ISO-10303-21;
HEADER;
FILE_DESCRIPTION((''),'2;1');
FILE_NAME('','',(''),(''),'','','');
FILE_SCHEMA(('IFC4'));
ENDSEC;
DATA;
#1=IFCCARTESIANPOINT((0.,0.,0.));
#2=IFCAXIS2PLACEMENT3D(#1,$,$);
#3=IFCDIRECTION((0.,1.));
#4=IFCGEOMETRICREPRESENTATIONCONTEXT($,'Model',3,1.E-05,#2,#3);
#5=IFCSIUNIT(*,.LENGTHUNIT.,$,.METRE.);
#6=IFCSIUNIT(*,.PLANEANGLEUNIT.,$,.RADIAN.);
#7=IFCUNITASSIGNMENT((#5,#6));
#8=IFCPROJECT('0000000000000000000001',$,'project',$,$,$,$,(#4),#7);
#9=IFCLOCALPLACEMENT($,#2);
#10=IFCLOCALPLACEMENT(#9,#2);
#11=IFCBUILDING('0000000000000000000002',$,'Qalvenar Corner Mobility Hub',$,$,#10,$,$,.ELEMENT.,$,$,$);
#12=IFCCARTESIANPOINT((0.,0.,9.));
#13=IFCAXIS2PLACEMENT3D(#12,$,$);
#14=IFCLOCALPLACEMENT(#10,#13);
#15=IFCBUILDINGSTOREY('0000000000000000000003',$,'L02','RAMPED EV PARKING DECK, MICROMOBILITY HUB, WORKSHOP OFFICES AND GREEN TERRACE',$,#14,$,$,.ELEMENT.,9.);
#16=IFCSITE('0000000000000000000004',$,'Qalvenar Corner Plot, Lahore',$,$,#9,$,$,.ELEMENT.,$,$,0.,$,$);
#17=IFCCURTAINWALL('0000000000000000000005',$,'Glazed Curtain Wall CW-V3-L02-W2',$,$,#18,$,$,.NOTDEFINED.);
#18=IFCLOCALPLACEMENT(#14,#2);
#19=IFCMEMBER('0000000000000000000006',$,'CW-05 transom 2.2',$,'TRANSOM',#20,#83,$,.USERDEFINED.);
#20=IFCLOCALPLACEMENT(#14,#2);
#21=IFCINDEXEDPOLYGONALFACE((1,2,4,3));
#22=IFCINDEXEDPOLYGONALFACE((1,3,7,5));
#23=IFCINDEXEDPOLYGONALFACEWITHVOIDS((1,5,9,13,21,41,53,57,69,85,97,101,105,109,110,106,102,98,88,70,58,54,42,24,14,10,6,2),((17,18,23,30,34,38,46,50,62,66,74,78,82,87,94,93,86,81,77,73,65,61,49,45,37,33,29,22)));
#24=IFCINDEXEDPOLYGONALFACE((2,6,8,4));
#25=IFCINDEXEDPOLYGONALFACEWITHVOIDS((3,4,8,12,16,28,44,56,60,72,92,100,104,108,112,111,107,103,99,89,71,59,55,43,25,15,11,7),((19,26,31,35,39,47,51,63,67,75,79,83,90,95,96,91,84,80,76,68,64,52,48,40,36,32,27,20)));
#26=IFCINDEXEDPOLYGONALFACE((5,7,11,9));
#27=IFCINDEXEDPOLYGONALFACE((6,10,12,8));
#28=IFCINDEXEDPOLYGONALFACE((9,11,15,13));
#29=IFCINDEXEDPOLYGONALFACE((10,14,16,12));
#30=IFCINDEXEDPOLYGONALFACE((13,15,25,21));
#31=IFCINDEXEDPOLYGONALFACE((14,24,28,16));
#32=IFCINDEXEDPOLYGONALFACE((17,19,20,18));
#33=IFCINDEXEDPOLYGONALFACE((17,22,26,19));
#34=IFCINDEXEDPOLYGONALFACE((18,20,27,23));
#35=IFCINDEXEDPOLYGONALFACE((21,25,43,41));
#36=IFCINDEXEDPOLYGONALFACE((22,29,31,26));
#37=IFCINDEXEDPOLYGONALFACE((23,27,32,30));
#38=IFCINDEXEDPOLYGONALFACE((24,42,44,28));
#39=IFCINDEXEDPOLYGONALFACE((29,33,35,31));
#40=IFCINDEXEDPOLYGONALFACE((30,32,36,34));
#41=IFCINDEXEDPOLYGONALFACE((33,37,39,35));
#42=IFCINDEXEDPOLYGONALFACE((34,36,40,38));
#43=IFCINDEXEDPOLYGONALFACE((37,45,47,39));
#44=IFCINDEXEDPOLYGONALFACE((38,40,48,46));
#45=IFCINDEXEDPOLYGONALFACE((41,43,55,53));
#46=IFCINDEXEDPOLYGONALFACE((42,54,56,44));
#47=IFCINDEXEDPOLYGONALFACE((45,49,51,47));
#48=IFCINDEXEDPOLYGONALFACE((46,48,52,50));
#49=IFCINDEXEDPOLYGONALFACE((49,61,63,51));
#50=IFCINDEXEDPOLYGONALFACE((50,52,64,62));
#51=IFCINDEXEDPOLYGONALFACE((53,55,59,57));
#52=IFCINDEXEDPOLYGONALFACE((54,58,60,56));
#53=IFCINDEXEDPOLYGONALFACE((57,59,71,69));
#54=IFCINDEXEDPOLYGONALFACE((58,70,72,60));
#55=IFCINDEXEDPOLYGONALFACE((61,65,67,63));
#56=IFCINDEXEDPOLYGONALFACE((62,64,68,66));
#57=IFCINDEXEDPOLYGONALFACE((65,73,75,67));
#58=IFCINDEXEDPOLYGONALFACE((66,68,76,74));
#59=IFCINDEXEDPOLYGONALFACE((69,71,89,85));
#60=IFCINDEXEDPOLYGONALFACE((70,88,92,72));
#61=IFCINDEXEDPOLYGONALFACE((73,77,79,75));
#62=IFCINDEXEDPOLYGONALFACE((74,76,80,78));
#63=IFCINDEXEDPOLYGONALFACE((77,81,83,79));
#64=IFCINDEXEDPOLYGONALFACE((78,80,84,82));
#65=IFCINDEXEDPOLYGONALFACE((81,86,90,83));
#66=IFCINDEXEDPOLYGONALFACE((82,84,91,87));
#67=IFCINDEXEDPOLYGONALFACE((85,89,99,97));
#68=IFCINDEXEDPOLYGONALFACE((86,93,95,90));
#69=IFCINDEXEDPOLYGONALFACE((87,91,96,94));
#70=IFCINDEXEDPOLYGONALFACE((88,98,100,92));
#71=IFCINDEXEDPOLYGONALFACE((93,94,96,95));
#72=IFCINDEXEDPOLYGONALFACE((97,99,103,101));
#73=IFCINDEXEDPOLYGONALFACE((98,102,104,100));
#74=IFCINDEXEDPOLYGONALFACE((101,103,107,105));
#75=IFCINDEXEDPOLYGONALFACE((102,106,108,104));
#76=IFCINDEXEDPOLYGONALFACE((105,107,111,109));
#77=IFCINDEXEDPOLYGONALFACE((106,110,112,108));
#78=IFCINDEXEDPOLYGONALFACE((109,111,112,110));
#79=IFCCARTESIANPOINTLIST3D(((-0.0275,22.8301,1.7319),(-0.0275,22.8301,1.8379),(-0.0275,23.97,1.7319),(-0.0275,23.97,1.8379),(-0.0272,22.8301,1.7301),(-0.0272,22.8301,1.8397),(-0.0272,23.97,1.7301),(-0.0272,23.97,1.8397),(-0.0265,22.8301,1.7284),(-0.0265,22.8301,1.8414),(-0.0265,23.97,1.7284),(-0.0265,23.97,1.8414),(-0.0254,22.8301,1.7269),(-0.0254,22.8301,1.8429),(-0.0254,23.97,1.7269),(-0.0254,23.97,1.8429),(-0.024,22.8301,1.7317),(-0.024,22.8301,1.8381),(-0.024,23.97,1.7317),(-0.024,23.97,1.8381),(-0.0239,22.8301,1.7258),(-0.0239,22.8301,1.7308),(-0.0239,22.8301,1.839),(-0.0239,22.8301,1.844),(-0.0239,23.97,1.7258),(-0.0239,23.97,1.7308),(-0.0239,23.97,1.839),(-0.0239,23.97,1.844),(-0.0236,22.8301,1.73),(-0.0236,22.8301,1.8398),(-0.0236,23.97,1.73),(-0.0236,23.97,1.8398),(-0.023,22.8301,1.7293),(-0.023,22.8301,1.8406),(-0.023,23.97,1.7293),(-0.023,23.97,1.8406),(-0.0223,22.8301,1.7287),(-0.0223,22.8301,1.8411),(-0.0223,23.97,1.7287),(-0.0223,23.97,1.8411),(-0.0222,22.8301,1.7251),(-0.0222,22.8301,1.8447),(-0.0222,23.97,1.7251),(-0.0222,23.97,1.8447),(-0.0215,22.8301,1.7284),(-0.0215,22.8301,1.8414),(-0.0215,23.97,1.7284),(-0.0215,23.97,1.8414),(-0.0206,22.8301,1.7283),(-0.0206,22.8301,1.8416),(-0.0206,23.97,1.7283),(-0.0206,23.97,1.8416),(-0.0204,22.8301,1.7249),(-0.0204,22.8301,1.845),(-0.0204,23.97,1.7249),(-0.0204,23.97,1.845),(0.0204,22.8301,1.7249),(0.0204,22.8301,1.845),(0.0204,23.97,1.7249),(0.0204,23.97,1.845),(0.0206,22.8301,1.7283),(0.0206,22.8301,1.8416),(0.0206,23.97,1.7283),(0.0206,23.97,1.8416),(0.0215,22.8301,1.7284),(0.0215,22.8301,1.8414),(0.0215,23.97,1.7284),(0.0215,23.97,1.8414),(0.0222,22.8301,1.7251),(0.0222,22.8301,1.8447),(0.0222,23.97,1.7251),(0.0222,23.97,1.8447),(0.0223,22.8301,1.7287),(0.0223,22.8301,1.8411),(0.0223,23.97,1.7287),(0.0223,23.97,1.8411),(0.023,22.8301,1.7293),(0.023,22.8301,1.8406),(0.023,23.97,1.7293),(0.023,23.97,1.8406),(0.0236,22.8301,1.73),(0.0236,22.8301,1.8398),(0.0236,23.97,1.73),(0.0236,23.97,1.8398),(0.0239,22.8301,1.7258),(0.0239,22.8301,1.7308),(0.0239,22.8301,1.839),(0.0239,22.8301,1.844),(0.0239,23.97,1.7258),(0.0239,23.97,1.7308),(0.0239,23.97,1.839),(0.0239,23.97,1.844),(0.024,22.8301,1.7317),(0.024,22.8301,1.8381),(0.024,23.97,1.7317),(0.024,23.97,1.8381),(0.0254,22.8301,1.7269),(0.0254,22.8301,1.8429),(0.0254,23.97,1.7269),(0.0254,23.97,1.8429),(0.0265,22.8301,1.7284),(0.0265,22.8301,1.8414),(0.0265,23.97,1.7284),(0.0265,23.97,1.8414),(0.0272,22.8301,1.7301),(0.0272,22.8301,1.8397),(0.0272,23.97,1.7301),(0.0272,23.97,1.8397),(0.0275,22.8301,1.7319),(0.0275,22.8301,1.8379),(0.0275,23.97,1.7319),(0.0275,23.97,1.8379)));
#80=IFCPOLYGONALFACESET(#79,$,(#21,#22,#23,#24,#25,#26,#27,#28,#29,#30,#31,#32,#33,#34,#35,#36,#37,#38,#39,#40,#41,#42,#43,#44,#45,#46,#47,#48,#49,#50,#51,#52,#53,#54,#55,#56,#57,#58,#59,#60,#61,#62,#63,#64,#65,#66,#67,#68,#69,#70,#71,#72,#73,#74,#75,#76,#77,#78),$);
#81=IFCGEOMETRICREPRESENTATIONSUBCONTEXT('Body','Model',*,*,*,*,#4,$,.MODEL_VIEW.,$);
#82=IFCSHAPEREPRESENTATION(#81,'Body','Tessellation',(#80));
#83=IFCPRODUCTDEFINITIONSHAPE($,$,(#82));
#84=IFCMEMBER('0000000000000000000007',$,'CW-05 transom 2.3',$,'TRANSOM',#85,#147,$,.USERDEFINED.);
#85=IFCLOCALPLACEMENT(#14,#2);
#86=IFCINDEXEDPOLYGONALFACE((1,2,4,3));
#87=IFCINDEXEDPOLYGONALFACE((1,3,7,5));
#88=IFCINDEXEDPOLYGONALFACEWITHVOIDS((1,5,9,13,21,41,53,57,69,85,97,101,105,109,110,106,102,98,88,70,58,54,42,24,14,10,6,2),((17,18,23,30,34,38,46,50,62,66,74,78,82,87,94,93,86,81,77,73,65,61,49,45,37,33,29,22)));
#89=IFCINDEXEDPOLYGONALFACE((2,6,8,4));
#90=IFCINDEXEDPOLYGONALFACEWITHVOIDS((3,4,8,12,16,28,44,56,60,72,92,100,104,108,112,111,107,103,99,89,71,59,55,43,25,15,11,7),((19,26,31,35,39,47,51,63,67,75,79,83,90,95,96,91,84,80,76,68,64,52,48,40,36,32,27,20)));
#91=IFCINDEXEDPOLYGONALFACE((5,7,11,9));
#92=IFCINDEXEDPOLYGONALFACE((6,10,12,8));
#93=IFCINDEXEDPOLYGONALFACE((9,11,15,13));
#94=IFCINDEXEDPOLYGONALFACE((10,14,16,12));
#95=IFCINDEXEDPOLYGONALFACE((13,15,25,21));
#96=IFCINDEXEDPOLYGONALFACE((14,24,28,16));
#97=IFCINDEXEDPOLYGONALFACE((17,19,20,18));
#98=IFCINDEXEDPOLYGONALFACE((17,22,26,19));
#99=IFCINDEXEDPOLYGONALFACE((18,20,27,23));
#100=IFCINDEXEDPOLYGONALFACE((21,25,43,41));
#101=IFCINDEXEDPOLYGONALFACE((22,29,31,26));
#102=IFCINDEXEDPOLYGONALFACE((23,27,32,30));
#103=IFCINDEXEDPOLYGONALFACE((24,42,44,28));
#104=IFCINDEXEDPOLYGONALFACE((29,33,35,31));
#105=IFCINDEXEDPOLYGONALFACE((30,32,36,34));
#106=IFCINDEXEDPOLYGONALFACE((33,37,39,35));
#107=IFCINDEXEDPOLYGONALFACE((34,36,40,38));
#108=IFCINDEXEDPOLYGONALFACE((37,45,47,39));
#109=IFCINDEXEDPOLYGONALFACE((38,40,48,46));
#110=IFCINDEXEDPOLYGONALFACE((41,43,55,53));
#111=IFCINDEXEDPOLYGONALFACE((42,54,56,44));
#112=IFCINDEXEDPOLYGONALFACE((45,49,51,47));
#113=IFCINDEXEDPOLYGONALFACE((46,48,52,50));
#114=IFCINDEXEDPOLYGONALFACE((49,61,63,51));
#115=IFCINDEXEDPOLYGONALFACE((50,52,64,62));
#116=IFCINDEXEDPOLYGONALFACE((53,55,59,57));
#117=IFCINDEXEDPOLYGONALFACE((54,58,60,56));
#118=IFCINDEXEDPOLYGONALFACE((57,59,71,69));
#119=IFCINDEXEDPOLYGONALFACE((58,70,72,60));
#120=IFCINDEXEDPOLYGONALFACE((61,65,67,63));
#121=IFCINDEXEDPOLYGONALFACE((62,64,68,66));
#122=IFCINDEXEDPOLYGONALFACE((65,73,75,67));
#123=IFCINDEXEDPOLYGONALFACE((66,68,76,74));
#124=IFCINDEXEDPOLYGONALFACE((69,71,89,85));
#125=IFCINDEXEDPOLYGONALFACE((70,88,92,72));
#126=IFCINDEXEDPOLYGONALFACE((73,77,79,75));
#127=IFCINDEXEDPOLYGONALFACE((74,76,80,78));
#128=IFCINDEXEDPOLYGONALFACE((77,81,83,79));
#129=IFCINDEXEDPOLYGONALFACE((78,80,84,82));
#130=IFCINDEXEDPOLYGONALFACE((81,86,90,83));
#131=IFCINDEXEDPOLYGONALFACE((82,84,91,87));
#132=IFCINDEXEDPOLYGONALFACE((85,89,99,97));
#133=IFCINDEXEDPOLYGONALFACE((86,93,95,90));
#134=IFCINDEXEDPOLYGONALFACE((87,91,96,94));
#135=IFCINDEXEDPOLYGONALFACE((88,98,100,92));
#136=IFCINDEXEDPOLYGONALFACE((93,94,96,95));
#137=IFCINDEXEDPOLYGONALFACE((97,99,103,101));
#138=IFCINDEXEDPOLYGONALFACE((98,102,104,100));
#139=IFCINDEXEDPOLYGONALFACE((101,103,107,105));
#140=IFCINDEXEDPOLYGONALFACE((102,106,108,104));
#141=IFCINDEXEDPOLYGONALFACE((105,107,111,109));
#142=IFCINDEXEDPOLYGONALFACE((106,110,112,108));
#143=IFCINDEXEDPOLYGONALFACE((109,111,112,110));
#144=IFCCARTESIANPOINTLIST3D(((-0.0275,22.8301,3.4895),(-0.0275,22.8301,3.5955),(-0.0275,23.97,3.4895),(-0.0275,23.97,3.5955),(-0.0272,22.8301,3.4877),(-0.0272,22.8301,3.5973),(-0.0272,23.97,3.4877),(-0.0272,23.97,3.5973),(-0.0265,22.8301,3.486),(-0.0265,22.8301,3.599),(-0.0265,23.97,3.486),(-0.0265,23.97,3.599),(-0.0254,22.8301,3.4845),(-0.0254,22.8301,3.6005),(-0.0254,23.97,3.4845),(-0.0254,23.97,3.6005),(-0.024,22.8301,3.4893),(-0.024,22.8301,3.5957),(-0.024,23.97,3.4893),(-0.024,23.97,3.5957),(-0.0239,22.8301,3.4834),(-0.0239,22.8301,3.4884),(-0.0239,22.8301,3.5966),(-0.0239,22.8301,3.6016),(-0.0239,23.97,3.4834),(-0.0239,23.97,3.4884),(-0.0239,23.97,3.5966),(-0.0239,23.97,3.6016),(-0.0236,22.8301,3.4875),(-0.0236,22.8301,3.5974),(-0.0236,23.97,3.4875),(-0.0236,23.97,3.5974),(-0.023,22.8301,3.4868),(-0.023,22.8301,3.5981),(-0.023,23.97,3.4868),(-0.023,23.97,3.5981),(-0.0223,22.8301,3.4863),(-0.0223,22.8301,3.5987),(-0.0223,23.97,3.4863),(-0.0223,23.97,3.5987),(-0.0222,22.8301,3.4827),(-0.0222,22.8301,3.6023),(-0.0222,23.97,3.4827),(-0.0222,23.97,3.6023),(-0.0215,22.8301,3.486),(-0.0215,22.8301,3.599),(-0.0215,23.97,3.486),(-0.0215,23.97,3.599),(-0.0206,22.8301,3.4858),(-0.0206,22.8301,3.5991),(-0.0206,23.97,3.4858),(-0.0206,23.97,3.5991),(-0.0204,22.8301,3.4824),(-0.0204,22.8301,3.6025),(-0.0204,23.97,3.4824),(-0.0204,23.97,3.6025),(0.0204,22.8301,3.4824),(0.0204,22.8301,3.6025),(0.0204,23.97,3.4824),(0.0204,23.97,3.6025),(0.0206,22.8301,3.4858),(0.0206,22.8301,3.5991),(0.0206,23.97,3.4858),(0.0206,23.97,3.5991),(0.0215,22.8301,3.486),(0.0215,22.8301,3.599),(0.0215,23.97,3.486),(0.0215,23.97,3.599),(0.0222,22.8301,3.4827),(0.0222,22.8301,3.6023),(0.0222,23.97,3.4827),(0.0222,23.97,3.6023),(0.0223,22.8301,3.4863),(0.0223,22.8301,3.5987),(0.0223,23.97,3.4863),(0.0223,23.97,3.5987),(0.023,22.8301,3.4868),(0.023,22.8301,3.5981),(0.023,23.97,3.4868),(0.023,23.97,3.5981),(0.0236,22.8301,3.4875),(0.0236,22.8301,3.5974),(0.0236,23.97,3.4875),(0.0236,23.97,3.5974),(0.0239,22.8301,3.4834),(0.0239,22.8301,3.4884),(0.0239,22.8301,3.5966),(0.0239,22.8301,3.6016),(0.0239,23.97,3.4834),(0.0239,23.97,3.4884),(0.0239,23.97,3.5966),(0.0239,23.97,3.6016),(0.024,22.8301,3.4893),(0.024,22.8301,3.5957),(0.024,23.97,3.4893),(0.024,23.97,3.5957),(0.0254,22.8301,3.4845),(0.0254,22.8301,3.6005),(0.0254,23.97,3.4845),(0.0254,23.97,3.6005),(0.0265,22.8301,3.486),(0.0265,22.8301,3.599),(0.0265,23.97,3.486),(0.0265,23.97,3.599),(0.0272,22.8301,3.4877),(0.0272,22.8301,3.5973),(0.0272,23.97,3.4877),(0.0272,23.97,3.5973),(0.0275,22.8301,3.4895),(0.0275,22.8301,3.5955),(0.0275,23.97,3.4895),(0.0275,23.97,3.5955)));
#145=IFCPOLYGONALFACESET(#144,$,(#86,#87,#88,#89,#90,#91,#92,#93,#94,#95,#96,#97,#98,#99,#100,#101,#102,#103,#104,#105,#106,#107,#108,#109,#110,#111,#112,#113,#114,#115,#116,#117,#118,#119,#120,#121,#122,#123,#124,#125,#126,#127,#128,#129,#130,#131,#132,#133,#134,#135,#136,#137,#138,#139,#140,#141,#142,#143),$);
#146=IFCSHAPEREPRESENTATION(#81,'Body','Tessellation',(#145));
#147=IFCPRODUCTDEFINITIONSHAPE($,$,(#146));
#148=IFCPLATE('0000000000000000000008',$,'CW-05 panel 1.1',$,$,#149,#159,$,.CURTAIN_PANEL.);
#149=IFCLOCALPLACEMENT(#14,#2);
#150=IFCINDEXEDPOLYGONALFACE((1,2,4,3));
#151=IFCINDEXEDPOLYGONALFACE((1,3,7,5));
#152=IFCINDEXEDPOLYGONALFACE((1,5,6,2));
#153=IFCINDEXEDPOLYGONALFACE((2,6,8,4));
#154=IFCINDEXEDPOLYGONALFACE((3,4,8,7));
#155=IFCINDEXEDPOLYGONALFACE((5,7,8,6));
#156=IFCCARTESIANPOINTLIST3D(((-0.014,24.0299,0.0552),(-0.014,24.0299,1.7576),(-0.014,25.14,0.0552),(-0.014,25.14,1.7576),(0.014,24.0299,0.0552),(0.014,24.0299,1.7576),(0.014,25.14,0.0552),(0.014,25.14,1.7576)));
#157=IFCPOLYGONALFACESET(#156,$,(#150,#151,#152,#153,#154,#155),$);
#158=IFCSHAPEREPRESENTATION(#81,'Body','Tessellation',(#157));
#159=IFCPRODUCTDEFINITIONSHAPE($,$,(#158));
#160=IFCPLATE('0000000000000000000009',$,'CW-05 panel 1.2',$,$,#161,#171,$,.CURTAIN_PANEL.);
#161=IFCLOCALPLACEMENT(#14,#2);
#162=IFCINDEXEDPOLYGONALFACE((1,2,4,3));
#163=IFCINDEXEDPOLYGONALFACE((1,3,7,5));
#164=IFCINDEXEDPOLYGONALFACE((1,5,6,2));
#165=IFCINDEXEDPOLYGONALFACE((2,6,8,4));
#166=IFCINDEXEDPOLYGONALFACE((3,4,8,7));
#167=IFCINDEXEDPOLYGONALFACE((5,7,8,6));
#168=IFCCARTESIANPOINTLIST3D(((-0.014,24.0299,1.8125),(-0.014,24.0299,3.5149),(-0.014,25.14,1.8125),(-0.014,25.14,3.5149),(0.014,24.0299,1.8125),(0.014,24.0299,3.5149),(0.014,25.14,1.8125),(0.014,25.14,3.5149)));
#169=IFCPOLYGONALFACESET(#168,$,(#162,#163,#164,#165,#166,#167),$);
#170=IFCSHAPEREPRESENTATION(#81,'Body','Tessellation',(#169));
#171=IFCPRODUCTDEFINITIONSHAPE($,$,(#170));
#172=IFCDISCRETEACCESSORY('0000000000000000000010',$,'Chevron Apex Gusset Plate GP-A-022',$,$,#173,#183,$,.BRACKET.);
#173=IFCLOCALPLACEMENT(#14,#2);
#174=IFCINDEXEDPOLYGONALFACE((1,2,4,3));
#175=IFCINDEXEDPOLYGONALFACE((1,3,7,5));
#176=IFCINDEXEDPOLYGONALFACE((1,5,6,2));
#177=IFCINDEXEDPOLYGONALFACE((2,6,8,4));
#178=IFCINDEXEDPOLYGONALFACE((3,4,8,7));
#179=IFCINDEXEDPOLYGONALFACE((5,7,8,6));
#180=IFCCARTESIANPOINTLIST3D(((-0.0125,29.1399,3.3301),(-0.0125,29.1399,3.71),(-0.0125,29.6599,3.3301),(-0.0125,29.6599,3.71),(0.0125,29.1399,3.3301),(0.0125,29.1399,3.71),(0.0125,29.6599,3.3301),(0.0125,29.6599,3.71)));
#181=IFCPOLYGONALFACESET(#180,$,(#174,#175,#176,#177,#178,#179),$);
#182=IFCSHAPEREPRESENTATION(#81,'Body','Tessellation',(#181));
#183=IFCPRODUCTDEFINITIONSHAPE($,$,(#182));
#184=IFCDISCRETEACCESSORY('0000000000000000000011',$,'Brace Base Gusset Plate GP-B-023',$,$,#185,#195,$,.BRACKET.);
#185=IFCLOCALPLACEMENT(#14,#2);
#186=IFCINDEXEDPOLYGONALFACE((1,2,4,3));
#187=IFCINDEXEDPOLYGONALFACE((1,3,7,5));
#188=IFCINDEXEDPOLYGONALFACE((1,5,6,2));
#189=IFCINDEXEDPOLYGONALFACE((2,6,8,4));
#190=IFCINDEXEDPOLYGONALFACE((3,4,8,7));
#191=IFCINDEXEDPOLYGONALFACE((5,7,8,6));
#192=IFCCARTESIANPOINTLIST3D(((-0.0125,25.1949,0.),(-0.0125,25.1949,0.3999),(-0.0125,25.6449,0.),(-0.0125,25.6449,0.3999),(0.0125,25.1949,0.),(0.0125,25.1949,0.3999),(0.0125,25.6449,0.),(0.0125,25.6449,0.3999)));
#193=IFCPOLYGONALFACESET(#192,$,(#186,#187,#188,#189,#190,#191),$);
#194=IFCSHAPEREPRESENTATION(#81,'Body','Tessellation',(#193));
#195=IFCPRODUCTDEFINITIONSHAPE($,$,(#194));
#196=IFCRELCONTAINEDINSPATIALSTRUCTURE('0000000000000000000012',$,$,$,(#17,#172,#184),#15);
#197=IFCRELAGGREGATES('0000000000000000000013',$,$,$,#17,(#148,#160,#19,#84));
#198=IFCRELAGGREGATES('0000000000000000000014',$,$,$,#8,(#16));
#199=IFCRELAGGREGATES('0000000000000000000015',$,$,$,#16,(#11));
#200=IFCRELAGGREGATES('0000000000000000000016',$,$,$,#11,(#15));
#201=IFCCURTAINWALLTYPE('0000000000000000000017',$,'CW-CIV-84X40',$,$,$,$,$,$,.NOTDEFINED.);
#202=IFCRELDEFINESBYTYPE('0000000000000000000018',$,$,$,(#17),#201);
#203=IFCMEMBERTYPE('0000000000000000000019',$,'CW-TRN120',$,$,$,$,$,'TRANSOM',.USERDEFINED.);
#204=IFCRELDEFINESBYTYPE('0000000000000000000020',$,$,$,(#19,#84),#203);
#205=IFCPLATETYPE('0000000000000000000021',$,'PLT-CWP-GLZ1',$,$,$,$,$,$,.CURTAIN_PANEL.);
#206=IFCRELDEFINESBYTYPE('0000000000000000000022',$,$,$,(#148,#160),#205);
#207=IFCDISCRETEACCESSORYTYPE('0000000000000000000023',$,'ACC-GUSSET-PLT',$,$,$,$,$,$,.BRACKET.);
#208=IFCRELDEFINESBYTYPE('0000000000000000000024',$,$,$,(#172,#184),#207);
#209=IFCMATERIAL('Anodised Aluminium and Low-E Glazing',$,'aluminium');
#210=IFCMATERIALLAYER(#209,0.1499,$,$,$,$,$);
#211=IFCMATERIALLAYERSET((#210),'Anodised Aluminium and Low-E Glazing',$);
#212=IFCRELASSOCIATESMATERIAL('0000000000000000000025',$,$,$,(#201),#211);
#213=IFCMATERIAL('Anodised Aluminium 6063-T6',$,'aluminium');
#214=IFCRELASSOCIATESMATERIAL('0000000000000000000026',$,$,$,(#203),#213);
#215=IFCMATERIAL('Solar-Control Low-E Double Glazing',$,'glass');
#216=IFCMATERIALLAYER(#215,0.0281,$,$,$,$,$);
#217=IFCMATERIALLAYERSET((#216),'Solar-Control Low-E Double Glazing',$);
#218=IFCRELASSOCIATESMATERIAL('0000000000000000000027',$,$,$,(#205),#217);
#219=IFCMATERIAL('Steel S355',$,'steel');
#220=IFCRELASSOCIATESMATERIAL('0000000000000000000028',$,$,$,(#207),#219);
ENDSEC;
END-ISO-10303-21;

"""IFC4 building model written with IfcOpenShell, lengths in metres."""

from ifc_helpers import new_model, si_unit, direction, frame, origin, origin_2d, place, context, subcontext, project, spatial, rectangle, hollow_rectangle, extrude, material, layer, layer_set, material_profile, profile_set, type_object, element, aggregate, save


model = new_model("IFC4")

# Units and contexts
model_context = context("Model", 3, precision=1e-05, world=origin(), true_north=direction((0.0, 1.0)))
body_context = subcontext(model_context, "Body", "Model", "MODEL_VIEW")
ifc_project = project(units=[si_unit("LENGTHUNIT", "METRE"), si_unit("PLANEANGLEUNIT", "RADIAN")], contexts=[model_context])

# Site, building, storey
site_placement = place(None, origin())
site = spatial("IfcSite", under=ifc_project, at=site_placement, Name="Qalvenar Corner Plot, Lahore", CompositionType="ELEMENT", RefElevation=0.0)
building_placement = place(site_placement, origin())
building = spatial("IfcBuilding", under=site, at=building_placement, Name="Qalvenar Corner Mobility Hub", CompositionType="ELEMENT")
storey_placement = place(building_placement, frame((0.0, 0.0, 9.0)))
storey = spatial("IfcBuildingStorey", under=building, at=storey_placement, Name="L02", Description="RAMPED EV PARKING DECK, MICROMOBILITY HUB, WORKSHOP OFFICES AND GREEN TERRACE", CompositionType="ELEMENT", Elevation=9.0)

# Shared definitions
ifc_material_1 = material(Name="Steel S355", Category="steel")

# Curtain wall, members, plates
ifc_material_2 = material(Name="Anodised Aluminium and Low-E Glazing", Category="aluminium")
ifc_layer_1 = layer(ifc_material_2, 0.1499)
ifc_layer_set_1 = layer_set([ifc_layer_1], Name="Anodised Aluminium and Low-E Glazing")
curtain_wall_type = type_object("IfcCurtainWallType", Name="CW-CIV-84X40", PredefinedType="NOTDEFINED", material=ifc_layer_set_1)
curtain_wall_placement = place(storey_placement, origin())
curtain_wall = element("IfcCurtainWall", 1, at=curtain_wall_placement, inside=storey, type_object=curtain_wall_type, Name="Glazed Curtain Wall CW-V3-L02-W2", PredefinedType="NOTDEFINED")
ifc_material_3 = material(Name="Anodised Aluminium 6063-T6", Category="aluminium")
ifc_material_profile_1 = material_profile(ifc_material_3, hollow_rectangle(XDim=0.0549, YDim=0.1201, WallThickness=0.0034, InnerFilletRadius=0.0034, OuterFilletRadius=0.0071, at=origin_2d()), Name="RHS120x55x3.5")
ifc_profile_set_1 = profile_set([ifc_material_profile_1], Name="Anodised Aluminium 6063-T6")
member_type_1 = type_object("IfcMemberType", Name="CW-TRN120", ElementType="TRANSOM", PredefinedType="USERDEFINED", material=ifc_profile_set_1)
member_1_placement = place(storey_placement, frame((0.0, 23.97, 1.7849), z_axis=(0.0, -1.0, 0.0), x_axis=(1.0, 0.0, 0.0)))
member_1 = element("IfcMember", 2, at=member_1_placement, type_object=member_type_1, Name="CW-05 transom 2.2", ObjectType="TRANSOM", PredefinedType="USERDEFINED", context=body_context, shape_type="SweptSolid", body=[
    extrude(hollow_rectangle(XDim=0.0549, YDim=0.1201, WallThickness=0.0034, InnerFilletRadius=0.0034, OuterFilletRadius=0.0071, at=origin_2d()), origin(), (0.0, 0.0, 1.0), 1.1399),
])
member_2_placement = place(storey_placement, frame((0.0, 23.97, 3.5425), z_axis=(0.0, -1.0, 0.0), x_axis=(1.0, 0.0, 0.0)))
member_2 = element("IfcMember", 3, at=member_2_placement, type_object=member_type_1, Name="CW-05 transom 2.3", ObjectType="TRANSOM", PredefinedType="USERDEFINED", context=body_context, shape_type="SweptSolid", body=[
    extrude(hollow_rectangle(XDim=0.0549, YDim=0.1201, WallThickness=0.0034, InnerFilletRadius=0.0034, OuterFilletRadius=0.0071, at=origin_2d()), origin(), (0.0, 0.0, 1.0), 1.1399),
])
ifc_material_4 = material(Name="Solar-Control Low-E Double Glazing", Category="glass")
ifc_layer_2 = layer(ifc_material_4, 0.0281)
ifc_layer_set_2 = layer_set([ifc_layer_2], Name="Solar-Control Low-E Double Glazing")
plate_type = type_object("IfcPlateType", Name="PLT-CWP-GLZ1", PredefinedType="CURTAIN_PANEL", material=ifc_layer_set_2)
plate_1_placement = place(storey_placement, frame((0.0, 24.585, 0.0552), z_axis=(0.0, 0.0, 1.0), x_axis=(0.0, -1.0, 0.0)))
plate_1 = element("IfcPlate", 4, at=plate_1_placement, type_object=plate_type, Name="CW-05 panel 1.1", PredefinedType="CURTAIN_PANEL", context=body_context, shape_type="SweptSolid", body=[
    extrude(rectangle(XDim=1.1101, YDim=0.0281, at=origin_2d()), origin(), (0.0, 0.0, 1.0), 1.7024),
])
plate_2_placement = place(storey_placement, frame((0.0, 24.585, 1.8125), z_axis=(0.0, 0.0, 1.0), x_axis=(0.0, -1.0, 0.0)))
plate_2 = element("IfcPlate", 5, at=plate_2_placement, type_object=plate_type, Name="CW-05 panel 1.2", PredefinedType="CURTAIN_PANEL", context=body_context, shape_type="SweptSolid", body=[
    extrude(rectangle(XDim=1.1101, YDim=0.0281, at=origin_2d()), origin(), (0.0, 0.0, 1.0), 1.7024),
])
aggregate(curtain_wall, [plate_1, plate_2, member_1, member_2])

# Discrete accessories
discrete_accessory_type = type_object("IfcDiscreteAccessoryType", Name="ACC-GUSSET-PLT", PredefinedType="BRACKET", material=ifc_material_1)
discrete_accessory_placement = place(storey_placement, frame((0.0, 29.3999, 3.3301), z_axis=(0.0, 0.0, 1.0), x_axis=(0.0, 1.0, 0.0)))
element("IfcDiscreteAccessory", 6, at=discrete_accessory_placement, inside=storey, type_object=discrete_accessory_type, Name="Chevron Apex Gusset Plate GP-A-022", PredefinedType="BRACKET", context=body_context, shape_type="SweptSolid", body=[
    extrude(rectangle(XDim=0.52, YDim=0.0249, at=origin_2d()), origin(), (0.0, 0.0, 1.0), 0.3799),
])
for number, where, z_axis, x_axis, name in (
    (7, (0.0, 25.4199, 0.0), (0.0, 0.0, 1.0), (0.0, 1.0, 0.0), "Brace Base Gusset Plate GP-B-023"),
):
    element("IfcDiscreteAccessory", number, at=place(storey_placement, frame(where, z_axis=z_axis, x_axis=x_axis)), inside=storey, type_object=discrete_accessory_type, Name=name, PredefinedType="BRACKET", context=body_context, shape_type="SweptSolid", body=[
        extrude(rectangle(XDim=0.45, YDim=0.0249, at=origin_2d()), origin(), (0.0, 0.0, 1.0), 0.3999),
    ])

save(model, "model.ifc")
